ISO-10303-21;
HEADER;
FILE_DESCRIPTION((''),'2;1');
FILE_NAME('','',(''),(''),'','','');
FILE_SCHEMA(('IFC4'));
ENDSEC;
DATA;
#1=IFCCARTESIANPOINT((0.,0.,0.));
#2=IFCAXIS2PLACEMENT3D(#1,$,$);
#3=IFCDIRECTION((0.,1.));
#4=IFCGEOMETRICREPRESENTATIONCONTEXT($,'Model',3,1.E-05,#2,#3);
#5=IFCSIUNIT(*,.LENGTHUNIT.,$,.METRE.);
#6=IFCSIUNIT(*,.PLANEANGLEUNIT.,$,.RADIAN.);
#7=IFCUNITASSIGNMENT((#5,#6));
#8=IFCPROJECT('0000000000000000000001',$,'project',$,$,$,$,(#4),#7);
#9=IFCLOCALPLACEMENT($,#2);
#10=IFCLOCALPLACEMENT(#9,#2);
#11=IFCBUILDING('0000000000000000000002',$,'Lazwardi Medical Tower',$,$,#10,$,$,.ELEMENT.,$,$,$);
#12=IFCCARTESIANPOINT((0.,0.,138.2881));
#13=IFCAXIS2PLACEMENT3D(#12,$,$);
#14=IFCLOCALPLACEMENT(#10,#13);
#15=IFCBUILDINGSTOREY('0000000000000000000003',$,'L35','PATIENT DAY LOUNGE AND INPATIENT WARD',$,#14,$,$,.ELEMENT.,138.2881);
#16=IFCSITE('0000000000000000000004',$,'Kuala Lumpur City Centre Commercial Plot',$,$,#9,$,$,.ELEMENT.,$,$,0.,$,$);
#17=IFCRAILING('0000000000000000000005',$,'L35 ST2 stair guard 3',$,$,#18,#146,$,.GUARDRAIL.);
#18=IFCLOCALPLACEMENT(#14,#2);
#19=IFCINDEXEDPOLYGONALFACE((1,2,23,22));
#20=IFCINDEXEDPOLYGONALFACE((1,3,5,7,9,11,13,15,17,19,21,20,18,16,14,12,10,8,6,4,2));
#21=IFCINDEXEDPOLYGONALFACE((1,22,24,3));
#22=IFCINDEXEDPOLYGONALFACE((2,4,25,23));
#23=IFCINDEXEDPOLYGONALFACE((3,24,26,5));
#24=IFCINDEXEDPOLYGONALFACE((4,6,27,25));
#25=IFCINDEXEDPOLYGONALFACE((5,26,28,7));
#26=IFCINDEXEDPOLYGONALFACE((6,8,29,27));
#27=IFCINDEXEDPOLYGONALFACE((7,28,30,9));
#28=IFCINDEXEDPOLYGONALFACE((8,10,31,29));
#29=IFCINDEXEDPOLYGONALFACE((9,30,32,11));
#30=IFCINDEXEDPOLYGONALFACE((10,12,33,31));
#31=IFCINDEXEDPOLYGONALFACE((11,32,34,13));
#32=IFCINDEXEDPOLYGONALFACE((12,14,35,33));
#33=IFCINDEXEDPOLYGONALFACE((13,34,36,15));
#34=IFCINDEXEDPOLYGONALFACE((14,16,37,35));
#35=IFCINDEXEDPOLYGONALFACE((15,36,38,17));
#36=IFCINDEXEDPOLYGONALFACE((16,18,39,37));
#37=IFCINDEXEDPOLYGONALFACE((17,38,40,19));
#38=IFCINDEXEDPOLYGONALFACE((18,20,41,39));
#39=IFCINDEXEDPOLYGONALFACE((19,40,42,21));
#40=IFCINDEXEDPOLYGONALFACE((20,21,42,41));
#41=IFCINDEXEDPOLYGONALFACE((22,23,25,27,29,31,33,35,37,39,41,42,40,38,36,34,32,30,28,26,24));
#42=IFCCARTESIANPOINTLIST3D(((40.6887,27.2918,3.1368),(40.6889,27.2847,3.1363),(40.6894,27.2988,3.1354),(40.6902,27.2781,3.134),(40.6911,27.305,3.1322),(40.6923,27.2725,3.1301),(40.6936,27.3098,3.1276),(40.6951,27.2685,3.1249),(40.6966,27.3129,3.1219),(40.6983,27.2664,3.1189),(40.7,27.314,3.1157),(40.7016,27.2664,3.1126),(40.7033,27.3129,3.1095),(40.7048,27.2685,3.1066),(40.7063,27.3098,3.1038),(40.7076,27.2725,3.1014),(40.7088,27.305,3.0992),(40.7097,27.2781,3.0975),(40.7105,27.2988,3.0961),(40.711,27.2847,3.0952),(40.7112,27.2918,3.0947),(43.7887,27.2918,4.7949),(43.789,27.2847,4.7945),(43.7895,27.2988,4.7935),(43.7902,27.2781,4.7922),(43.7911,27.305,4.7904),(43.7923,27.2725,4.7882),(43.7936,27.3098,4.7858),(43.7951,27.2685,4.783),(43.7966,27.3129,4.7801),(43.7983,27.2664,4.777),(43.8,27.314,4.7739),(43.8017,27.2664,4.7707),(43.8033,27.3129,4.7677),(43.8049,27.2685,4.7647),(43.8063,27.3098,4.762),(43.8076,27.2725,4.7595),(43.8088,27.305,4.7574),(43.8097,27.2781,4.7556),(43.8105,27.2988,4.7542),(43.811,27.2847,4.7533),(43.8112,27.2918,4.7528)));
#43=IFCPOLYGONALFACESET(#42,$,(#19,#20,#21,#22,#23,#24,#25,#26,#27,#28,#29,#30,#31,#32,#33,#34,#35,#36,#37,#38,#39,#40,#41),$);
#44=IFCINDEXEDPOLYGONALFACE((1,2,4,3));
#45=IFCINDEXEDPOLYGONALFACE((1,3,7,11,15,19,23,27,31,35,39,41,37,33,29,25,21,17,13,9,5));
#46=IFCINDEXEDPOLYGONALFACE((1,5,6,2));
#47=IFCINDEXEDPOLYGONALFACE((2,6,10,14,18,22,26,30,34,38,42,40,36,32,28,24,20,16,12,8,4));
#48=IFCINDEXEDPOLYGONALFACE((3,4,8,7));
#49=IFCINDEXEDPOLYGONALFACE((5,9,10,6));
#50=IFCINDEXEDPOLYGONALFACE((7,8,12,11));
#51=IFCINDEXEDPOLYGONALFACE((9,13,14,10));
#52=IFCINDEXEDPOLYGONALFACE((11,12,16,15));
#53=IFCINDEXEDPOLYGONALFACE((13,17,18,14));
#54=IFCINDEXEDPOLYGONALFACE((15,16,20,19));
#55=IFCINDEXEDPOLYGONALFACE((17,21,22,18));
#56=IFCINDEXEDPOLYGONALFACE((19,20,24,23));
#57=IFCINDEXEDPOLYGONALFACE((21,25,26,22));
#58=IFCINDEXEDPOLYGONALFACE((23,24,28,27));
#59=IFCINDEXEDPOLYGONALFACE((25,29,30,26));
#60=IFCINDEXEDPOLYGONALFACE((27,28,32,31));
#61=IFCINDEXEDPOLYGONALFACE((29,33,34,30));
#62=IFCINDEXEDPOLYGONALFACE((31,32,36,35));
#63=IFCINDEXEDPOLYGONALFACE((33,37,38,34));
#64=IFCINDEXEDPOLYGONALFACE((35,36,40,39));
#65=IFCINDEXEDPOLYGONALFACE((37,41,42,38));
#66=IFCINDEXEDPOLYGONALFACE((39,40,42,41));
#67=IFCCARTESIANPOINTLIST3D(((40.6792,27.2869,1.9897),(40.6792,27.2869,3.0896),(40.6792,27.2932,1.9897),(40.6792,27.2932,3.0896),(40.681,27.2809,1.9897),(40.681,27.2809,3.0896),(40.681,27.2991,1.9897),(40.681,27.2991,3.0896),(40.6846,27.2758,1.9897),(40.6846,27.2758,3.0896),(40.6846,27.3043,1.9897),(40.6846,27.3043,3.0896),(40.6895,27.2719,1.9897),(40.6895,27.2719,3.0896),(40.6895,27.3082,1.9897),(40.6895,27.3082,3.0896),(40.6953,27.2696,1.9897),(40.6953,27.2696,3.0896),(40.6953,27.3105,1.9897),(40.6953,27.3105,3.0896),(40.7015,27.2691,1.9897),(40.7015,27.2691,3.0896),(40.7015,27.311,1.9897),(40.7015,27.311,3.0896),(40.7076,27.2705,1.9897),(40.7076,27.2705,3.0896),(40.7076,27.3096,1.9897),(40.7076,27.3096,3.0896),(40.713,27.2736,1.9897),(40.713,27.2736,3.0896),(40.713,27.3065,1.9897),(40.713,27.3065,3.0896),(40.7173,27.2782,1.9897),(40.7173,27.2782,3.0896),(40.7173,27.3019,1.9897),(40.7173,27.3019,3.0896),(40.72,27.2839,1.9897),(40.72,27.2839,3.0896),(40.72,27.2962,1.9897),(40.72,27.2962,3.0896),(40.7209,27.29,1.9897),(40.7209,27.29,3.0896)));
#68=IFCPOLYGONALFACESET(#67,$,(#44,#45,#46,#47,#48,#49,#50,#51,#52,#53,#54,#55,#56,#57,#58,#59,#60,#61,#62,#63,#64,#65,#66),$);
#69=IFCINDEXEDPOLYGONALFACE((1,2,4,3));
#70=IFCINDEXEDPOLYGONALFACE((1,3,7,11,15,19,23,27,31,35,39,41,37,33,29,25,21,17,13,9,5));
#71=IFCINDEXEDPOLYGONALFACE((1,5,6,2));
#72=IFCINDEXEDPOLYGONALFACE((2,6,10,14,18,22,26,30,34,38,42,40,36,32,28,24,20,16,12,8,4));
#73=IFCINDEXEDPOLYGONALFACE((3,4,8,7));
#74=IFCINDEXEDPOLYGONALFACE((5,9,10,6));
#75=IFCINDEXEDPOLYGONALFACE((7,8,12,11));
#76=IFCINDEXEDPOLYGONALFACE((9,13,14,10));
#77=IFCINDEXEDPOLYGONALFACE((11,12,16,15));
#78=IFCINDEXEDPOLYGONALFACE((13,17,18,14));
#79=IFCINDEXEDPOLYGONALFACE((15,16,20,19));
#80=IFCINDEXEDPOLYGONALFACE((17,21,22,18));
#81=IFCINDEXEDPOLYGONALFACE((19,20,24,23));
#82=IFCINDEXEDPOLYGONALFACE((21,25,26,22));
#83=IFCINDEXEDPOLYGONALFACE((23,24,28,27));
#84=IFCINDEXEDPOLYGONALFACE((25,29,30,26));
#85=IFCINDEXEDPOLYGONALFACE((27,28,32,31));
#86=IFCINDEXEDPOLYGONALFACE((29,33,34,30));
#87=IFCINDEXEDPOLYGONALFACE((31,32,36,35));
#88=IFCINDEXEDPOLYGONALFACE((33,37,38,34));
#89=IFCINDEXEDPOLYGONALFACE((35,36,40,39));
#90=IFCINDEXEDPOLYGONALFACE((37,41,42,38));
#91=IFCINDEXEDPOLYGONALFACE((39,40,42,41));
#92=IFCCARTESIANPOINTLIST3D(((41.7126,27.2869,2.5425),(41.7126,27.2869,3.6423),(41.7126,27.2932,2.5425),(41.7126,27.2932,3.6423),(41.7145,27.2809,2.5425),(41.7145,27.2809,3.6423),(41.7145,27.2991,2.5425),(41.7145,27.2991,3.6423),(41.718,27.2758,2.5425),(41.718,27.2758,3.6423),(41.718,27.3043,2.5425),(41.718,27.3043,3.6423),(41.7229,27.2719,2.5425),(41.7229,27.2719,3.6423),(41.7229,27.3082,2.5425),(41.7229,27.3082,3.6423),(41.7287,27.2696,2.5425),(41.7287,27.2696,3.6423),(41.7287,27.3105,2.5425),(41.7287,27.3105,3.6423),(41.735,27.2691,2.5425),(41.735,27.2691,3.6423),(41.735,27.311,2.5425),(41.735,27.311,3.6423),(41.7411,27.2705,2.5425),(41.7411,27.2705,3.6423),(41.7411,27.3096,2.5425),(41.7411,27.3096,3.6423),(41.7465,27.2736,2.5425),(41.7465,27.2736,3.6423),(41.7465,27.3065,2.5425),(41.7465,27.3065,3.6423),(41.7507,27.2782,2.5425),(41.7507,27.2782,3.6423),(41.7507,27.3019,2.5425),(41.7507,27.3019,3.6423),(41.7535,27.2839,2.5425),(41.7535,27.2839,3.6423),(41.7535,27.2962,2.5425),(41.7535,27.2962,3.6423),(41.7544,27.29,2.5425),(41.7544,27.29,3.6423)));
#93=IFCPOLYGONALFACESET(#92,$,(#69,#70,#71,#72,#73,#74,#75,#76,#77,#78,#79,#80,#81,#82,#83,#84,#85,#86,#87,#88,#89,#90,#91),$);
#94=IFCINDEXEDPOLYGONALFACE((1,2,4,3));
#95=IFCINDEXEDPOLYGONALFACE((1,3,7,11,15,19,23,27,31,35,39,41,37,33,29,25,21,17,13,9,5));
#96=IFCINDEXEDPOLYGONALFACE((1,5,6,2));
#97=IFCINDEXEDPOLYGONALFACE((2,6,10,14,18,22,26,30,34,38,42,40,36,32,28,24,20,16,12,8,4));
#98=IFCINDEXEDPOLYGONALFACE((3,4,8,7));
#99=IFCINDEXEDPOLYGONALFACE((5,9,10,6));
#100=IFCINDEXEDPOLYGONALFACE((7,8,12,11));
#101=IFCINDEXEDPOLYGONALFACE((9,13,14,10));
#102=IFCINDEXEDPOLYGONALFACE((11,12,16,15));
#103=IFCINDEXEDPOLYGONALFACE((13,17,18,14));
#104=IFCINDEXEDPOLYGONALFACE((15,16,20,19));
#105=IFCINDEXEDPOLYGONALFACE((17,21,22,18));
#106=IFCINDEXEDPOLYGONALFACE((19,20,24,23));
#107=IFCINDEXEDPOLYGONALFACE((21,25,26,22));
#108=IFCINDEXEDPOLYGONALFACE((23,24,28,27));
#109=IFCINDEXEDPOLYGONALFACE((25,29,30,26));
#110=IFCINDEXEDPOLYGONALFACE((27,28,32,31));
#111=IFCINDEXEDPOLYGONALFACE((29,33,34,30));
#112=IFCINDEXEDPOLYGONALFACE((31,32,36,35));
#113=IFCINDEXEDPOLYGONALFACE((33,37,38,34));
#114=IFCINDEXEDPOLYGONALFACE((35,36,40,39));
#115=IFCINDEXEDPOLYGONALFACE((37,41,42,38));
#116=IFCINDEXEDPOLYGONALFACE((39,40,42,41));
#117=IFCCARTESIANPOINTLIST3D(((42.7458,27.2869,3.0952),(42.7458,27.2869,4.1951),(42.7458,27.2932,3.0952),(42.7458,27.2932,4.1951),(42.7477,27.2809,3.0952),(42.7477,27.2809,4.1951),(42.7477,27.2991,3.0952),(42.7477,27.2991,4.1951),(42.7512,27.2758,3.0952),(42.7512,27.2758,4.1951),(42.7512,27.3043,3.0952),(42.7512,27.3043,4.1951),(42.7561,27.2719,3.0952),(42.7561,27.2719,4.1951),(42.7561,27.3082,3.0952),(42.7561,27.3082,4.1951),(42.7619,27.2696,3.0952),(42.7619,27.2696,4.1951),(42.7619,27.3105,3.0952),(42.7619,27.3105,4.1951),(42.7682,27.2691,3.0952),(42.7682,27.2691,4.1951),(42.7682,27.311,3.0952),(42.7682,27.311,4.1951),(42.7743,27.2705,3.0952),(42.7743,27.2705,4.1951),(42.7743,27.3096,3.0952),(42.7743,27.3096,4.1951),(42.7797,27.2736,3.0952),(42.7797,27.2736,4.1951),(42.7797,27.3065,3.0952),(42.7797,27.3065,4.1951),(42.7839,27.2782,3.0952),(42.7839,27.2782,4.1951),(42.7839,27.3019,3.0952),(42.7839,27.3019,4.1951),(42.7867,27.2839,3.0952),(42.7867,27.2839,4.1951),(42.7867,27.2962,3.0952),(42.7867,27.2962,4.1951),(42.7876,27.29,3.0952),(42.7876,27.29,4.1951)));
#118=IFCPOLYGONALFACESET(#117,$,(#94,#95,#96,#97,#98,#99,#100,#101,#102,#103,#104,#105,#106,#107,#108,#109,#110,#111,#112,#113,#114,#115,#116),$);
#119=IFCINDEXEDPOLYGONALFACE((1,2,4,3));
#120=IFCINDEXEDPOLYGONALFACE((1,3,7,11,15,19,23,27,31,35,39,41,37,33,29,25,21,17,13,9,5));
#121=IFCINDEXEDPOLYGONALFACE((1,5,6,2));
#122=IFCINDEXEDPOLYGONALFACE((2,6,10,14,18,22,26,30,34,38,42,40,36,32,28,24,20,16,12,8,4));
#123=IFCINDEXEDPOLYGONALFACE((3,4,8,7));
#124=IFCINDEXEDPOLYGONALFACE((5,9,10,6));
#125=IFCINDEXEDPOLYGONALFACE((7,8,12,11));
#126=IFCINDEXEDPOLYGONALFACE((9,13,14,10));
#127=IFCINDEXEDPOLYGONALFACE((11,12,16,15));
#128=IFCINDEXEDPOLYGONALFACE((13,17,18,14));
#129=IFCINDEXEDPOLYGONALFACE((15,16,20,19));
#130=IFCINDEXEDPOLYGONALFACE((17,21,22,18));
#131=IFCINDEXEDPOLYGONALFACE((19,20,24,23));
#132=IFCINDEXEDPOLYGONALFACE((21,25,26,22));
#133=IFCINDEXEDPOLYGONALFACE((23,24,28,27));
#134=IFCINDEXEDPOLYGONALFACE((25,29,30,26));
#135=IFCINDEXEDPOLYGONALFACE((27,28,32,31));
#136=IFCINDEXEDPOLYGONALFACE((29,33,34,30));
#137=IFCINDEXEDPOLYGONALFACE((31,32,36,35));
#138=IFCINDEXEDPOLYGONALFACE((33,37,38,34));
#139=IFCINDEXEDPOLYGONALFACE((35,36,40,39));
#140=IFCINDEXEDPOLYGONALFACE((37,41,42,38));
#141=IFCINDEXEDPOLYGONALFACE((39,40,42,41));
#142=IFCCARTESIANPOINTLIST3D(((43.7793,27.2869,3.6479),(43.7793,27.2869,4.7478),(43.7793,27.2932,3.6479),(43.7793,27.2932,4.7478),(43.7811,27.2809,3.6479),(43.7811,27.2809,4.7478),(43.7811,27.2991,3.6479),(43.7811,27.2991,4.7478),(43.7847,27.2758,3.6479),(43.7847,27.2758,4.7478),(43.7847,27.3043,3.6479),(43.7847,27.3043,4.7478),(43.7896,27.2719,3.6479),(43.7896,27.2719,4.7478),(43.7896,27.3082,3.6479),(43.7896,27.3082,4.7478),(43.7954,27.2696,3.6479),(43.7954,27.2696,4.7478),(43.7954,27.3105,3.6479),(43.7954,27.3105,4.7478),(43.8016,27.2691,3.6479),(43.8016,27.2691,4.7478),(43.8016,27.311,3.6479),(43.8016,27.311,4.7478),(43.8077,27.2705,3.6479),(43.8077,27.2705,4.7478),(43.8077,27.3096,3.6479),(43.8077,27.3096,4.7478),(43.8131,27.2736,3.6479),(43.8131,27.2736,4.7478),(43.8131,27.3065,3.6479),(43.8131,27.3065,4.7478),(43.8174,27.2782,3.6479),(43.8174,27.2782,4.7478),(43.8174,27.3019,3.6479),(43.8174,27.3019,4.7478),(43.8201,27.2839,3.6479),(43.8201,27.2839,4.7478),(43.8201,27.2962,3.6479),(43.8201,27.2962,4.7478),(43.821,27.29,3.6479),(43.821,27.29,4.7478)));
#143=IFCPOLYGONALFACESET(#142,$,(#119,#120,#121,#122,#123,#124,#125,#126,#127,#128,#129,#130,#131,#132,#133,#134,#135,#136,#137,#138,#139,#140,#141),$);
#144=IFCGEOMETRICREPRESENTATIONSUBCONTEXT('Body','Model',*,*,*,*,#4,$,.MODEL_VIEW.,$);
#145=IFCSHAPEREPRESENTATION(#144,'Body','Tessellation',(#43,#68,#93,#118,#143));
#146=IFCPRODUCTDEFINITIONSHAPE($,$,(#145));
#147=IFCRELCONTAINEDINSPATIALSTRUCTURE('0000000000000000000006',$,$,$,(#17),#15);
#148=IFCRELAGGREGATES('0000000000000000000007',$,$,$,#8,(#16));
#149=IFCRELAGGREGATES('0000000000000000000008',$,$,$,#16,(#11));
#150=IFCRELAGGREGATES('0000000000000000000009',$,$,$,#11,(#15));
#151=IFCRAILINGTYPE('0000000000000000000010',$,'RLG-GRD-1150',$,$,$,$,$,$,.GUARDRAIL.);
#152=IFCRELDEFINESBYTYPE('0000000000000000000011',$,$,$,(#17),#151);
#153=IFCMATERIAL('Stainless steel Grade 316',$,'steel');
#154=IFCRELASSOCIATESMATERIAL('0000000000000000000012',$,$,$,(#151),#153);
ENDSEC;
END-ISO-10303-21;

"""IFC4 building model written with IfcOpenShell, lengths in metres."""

from ifc_helpers import new_model, si_unit, direction, frame, origin, origin_2d, place, context, subcontext, project, spatial, circle, extrude, material, type_object, element, save


model = new_model("IFC4")

# Units and contexts
model_context = context("Model", 3, precision=1e-05, world=origin(), true_north=direction((0.0, 1.0)))
body_context = subcontext(model_context, "Body", "Model", "MODEL_VIEW")
ifc_project = project(units=[si_unit("LENGTHUNIT", "METRE"), si_unit("PLANEANGLEUNIT", "RADIAN")], contexts=[model_context])

# Site, building, storey
site_placement = place(None, origin())
site = spatial("IfcSite", under=ifc_project, at=site_placement, Name="Kuala Lumpur City Centre Commercial Plot", CompositionType="ELEMENT", RefElevation=0.0)
building_placement = place(site_placement, origin())
building = spatial("IfcBuilding", under=site, at=building_placement, Name="Lazwardi Medical Tower", CompositionType="ELEMENT")
storey_placement = place(building_placement, frame((0.0, 0.0, 138.2881)))
storey = spatial("IfcBuildingStorey", under=building, at=storey_placement, Name="L35", Description="PATIENT DAY LOUNGE AND INPATIENT WARD", CompositionType="ELEMENT", Elevation=138.2881)

# Railing
ifc_material_1 = material(Name="Stainless steel Grade 316", Category="steel")
railing_type_1 = type_object("IfcRailingType", Name="RLG-GRD-1150", PredefinedType="GUARDRAIL", material=ifc_material_1)
railing_1_placement = place(storey_placement, frame((40.7, 27.29, 1.9897)))
element("IfcRailing", 1, at=railing_1_placement, inside=storey, type_object=railing_type_1, Name="L35 ST2 stair guard 3", PredefinedType="GUARDRAIL", context=body_context, shape_type="SweptSolid", body=[
    extrude(circle(Radius=0.0239, at=origin_2d()), frame((0.0, 0.0, 1.126), z_axis=(0.881783, 0.0, 0.471655), x_axis=(0.0, 1.0, 0.0)), (0.0, 0.0, 1.0), 3.5156),
    extrude(circle(Radius=0.021, at=origin_2d()), origin(), (0.0, 0.0, 1.0), 1.0999),
    extrude(circle(Radius=0.021, at=origin_2d()), frame((1.0334, 0.0, 0.5527)), (0.0, 0.0, 1.0), 1.0999),
    extrude(circle(Radius=0.021, at=origin_2d()), frame((2.0667, 0.0, 1.1055)), (0.0, 0.0, 1.0), 1.0999),
    extrude(circle(Radius=0.021, at=origin_2d()), frame((3.1001, 0.0, 1.6582)), (0.0, 0.0, 1.0), 1.0999),
])

save(model, "model.ifc")
